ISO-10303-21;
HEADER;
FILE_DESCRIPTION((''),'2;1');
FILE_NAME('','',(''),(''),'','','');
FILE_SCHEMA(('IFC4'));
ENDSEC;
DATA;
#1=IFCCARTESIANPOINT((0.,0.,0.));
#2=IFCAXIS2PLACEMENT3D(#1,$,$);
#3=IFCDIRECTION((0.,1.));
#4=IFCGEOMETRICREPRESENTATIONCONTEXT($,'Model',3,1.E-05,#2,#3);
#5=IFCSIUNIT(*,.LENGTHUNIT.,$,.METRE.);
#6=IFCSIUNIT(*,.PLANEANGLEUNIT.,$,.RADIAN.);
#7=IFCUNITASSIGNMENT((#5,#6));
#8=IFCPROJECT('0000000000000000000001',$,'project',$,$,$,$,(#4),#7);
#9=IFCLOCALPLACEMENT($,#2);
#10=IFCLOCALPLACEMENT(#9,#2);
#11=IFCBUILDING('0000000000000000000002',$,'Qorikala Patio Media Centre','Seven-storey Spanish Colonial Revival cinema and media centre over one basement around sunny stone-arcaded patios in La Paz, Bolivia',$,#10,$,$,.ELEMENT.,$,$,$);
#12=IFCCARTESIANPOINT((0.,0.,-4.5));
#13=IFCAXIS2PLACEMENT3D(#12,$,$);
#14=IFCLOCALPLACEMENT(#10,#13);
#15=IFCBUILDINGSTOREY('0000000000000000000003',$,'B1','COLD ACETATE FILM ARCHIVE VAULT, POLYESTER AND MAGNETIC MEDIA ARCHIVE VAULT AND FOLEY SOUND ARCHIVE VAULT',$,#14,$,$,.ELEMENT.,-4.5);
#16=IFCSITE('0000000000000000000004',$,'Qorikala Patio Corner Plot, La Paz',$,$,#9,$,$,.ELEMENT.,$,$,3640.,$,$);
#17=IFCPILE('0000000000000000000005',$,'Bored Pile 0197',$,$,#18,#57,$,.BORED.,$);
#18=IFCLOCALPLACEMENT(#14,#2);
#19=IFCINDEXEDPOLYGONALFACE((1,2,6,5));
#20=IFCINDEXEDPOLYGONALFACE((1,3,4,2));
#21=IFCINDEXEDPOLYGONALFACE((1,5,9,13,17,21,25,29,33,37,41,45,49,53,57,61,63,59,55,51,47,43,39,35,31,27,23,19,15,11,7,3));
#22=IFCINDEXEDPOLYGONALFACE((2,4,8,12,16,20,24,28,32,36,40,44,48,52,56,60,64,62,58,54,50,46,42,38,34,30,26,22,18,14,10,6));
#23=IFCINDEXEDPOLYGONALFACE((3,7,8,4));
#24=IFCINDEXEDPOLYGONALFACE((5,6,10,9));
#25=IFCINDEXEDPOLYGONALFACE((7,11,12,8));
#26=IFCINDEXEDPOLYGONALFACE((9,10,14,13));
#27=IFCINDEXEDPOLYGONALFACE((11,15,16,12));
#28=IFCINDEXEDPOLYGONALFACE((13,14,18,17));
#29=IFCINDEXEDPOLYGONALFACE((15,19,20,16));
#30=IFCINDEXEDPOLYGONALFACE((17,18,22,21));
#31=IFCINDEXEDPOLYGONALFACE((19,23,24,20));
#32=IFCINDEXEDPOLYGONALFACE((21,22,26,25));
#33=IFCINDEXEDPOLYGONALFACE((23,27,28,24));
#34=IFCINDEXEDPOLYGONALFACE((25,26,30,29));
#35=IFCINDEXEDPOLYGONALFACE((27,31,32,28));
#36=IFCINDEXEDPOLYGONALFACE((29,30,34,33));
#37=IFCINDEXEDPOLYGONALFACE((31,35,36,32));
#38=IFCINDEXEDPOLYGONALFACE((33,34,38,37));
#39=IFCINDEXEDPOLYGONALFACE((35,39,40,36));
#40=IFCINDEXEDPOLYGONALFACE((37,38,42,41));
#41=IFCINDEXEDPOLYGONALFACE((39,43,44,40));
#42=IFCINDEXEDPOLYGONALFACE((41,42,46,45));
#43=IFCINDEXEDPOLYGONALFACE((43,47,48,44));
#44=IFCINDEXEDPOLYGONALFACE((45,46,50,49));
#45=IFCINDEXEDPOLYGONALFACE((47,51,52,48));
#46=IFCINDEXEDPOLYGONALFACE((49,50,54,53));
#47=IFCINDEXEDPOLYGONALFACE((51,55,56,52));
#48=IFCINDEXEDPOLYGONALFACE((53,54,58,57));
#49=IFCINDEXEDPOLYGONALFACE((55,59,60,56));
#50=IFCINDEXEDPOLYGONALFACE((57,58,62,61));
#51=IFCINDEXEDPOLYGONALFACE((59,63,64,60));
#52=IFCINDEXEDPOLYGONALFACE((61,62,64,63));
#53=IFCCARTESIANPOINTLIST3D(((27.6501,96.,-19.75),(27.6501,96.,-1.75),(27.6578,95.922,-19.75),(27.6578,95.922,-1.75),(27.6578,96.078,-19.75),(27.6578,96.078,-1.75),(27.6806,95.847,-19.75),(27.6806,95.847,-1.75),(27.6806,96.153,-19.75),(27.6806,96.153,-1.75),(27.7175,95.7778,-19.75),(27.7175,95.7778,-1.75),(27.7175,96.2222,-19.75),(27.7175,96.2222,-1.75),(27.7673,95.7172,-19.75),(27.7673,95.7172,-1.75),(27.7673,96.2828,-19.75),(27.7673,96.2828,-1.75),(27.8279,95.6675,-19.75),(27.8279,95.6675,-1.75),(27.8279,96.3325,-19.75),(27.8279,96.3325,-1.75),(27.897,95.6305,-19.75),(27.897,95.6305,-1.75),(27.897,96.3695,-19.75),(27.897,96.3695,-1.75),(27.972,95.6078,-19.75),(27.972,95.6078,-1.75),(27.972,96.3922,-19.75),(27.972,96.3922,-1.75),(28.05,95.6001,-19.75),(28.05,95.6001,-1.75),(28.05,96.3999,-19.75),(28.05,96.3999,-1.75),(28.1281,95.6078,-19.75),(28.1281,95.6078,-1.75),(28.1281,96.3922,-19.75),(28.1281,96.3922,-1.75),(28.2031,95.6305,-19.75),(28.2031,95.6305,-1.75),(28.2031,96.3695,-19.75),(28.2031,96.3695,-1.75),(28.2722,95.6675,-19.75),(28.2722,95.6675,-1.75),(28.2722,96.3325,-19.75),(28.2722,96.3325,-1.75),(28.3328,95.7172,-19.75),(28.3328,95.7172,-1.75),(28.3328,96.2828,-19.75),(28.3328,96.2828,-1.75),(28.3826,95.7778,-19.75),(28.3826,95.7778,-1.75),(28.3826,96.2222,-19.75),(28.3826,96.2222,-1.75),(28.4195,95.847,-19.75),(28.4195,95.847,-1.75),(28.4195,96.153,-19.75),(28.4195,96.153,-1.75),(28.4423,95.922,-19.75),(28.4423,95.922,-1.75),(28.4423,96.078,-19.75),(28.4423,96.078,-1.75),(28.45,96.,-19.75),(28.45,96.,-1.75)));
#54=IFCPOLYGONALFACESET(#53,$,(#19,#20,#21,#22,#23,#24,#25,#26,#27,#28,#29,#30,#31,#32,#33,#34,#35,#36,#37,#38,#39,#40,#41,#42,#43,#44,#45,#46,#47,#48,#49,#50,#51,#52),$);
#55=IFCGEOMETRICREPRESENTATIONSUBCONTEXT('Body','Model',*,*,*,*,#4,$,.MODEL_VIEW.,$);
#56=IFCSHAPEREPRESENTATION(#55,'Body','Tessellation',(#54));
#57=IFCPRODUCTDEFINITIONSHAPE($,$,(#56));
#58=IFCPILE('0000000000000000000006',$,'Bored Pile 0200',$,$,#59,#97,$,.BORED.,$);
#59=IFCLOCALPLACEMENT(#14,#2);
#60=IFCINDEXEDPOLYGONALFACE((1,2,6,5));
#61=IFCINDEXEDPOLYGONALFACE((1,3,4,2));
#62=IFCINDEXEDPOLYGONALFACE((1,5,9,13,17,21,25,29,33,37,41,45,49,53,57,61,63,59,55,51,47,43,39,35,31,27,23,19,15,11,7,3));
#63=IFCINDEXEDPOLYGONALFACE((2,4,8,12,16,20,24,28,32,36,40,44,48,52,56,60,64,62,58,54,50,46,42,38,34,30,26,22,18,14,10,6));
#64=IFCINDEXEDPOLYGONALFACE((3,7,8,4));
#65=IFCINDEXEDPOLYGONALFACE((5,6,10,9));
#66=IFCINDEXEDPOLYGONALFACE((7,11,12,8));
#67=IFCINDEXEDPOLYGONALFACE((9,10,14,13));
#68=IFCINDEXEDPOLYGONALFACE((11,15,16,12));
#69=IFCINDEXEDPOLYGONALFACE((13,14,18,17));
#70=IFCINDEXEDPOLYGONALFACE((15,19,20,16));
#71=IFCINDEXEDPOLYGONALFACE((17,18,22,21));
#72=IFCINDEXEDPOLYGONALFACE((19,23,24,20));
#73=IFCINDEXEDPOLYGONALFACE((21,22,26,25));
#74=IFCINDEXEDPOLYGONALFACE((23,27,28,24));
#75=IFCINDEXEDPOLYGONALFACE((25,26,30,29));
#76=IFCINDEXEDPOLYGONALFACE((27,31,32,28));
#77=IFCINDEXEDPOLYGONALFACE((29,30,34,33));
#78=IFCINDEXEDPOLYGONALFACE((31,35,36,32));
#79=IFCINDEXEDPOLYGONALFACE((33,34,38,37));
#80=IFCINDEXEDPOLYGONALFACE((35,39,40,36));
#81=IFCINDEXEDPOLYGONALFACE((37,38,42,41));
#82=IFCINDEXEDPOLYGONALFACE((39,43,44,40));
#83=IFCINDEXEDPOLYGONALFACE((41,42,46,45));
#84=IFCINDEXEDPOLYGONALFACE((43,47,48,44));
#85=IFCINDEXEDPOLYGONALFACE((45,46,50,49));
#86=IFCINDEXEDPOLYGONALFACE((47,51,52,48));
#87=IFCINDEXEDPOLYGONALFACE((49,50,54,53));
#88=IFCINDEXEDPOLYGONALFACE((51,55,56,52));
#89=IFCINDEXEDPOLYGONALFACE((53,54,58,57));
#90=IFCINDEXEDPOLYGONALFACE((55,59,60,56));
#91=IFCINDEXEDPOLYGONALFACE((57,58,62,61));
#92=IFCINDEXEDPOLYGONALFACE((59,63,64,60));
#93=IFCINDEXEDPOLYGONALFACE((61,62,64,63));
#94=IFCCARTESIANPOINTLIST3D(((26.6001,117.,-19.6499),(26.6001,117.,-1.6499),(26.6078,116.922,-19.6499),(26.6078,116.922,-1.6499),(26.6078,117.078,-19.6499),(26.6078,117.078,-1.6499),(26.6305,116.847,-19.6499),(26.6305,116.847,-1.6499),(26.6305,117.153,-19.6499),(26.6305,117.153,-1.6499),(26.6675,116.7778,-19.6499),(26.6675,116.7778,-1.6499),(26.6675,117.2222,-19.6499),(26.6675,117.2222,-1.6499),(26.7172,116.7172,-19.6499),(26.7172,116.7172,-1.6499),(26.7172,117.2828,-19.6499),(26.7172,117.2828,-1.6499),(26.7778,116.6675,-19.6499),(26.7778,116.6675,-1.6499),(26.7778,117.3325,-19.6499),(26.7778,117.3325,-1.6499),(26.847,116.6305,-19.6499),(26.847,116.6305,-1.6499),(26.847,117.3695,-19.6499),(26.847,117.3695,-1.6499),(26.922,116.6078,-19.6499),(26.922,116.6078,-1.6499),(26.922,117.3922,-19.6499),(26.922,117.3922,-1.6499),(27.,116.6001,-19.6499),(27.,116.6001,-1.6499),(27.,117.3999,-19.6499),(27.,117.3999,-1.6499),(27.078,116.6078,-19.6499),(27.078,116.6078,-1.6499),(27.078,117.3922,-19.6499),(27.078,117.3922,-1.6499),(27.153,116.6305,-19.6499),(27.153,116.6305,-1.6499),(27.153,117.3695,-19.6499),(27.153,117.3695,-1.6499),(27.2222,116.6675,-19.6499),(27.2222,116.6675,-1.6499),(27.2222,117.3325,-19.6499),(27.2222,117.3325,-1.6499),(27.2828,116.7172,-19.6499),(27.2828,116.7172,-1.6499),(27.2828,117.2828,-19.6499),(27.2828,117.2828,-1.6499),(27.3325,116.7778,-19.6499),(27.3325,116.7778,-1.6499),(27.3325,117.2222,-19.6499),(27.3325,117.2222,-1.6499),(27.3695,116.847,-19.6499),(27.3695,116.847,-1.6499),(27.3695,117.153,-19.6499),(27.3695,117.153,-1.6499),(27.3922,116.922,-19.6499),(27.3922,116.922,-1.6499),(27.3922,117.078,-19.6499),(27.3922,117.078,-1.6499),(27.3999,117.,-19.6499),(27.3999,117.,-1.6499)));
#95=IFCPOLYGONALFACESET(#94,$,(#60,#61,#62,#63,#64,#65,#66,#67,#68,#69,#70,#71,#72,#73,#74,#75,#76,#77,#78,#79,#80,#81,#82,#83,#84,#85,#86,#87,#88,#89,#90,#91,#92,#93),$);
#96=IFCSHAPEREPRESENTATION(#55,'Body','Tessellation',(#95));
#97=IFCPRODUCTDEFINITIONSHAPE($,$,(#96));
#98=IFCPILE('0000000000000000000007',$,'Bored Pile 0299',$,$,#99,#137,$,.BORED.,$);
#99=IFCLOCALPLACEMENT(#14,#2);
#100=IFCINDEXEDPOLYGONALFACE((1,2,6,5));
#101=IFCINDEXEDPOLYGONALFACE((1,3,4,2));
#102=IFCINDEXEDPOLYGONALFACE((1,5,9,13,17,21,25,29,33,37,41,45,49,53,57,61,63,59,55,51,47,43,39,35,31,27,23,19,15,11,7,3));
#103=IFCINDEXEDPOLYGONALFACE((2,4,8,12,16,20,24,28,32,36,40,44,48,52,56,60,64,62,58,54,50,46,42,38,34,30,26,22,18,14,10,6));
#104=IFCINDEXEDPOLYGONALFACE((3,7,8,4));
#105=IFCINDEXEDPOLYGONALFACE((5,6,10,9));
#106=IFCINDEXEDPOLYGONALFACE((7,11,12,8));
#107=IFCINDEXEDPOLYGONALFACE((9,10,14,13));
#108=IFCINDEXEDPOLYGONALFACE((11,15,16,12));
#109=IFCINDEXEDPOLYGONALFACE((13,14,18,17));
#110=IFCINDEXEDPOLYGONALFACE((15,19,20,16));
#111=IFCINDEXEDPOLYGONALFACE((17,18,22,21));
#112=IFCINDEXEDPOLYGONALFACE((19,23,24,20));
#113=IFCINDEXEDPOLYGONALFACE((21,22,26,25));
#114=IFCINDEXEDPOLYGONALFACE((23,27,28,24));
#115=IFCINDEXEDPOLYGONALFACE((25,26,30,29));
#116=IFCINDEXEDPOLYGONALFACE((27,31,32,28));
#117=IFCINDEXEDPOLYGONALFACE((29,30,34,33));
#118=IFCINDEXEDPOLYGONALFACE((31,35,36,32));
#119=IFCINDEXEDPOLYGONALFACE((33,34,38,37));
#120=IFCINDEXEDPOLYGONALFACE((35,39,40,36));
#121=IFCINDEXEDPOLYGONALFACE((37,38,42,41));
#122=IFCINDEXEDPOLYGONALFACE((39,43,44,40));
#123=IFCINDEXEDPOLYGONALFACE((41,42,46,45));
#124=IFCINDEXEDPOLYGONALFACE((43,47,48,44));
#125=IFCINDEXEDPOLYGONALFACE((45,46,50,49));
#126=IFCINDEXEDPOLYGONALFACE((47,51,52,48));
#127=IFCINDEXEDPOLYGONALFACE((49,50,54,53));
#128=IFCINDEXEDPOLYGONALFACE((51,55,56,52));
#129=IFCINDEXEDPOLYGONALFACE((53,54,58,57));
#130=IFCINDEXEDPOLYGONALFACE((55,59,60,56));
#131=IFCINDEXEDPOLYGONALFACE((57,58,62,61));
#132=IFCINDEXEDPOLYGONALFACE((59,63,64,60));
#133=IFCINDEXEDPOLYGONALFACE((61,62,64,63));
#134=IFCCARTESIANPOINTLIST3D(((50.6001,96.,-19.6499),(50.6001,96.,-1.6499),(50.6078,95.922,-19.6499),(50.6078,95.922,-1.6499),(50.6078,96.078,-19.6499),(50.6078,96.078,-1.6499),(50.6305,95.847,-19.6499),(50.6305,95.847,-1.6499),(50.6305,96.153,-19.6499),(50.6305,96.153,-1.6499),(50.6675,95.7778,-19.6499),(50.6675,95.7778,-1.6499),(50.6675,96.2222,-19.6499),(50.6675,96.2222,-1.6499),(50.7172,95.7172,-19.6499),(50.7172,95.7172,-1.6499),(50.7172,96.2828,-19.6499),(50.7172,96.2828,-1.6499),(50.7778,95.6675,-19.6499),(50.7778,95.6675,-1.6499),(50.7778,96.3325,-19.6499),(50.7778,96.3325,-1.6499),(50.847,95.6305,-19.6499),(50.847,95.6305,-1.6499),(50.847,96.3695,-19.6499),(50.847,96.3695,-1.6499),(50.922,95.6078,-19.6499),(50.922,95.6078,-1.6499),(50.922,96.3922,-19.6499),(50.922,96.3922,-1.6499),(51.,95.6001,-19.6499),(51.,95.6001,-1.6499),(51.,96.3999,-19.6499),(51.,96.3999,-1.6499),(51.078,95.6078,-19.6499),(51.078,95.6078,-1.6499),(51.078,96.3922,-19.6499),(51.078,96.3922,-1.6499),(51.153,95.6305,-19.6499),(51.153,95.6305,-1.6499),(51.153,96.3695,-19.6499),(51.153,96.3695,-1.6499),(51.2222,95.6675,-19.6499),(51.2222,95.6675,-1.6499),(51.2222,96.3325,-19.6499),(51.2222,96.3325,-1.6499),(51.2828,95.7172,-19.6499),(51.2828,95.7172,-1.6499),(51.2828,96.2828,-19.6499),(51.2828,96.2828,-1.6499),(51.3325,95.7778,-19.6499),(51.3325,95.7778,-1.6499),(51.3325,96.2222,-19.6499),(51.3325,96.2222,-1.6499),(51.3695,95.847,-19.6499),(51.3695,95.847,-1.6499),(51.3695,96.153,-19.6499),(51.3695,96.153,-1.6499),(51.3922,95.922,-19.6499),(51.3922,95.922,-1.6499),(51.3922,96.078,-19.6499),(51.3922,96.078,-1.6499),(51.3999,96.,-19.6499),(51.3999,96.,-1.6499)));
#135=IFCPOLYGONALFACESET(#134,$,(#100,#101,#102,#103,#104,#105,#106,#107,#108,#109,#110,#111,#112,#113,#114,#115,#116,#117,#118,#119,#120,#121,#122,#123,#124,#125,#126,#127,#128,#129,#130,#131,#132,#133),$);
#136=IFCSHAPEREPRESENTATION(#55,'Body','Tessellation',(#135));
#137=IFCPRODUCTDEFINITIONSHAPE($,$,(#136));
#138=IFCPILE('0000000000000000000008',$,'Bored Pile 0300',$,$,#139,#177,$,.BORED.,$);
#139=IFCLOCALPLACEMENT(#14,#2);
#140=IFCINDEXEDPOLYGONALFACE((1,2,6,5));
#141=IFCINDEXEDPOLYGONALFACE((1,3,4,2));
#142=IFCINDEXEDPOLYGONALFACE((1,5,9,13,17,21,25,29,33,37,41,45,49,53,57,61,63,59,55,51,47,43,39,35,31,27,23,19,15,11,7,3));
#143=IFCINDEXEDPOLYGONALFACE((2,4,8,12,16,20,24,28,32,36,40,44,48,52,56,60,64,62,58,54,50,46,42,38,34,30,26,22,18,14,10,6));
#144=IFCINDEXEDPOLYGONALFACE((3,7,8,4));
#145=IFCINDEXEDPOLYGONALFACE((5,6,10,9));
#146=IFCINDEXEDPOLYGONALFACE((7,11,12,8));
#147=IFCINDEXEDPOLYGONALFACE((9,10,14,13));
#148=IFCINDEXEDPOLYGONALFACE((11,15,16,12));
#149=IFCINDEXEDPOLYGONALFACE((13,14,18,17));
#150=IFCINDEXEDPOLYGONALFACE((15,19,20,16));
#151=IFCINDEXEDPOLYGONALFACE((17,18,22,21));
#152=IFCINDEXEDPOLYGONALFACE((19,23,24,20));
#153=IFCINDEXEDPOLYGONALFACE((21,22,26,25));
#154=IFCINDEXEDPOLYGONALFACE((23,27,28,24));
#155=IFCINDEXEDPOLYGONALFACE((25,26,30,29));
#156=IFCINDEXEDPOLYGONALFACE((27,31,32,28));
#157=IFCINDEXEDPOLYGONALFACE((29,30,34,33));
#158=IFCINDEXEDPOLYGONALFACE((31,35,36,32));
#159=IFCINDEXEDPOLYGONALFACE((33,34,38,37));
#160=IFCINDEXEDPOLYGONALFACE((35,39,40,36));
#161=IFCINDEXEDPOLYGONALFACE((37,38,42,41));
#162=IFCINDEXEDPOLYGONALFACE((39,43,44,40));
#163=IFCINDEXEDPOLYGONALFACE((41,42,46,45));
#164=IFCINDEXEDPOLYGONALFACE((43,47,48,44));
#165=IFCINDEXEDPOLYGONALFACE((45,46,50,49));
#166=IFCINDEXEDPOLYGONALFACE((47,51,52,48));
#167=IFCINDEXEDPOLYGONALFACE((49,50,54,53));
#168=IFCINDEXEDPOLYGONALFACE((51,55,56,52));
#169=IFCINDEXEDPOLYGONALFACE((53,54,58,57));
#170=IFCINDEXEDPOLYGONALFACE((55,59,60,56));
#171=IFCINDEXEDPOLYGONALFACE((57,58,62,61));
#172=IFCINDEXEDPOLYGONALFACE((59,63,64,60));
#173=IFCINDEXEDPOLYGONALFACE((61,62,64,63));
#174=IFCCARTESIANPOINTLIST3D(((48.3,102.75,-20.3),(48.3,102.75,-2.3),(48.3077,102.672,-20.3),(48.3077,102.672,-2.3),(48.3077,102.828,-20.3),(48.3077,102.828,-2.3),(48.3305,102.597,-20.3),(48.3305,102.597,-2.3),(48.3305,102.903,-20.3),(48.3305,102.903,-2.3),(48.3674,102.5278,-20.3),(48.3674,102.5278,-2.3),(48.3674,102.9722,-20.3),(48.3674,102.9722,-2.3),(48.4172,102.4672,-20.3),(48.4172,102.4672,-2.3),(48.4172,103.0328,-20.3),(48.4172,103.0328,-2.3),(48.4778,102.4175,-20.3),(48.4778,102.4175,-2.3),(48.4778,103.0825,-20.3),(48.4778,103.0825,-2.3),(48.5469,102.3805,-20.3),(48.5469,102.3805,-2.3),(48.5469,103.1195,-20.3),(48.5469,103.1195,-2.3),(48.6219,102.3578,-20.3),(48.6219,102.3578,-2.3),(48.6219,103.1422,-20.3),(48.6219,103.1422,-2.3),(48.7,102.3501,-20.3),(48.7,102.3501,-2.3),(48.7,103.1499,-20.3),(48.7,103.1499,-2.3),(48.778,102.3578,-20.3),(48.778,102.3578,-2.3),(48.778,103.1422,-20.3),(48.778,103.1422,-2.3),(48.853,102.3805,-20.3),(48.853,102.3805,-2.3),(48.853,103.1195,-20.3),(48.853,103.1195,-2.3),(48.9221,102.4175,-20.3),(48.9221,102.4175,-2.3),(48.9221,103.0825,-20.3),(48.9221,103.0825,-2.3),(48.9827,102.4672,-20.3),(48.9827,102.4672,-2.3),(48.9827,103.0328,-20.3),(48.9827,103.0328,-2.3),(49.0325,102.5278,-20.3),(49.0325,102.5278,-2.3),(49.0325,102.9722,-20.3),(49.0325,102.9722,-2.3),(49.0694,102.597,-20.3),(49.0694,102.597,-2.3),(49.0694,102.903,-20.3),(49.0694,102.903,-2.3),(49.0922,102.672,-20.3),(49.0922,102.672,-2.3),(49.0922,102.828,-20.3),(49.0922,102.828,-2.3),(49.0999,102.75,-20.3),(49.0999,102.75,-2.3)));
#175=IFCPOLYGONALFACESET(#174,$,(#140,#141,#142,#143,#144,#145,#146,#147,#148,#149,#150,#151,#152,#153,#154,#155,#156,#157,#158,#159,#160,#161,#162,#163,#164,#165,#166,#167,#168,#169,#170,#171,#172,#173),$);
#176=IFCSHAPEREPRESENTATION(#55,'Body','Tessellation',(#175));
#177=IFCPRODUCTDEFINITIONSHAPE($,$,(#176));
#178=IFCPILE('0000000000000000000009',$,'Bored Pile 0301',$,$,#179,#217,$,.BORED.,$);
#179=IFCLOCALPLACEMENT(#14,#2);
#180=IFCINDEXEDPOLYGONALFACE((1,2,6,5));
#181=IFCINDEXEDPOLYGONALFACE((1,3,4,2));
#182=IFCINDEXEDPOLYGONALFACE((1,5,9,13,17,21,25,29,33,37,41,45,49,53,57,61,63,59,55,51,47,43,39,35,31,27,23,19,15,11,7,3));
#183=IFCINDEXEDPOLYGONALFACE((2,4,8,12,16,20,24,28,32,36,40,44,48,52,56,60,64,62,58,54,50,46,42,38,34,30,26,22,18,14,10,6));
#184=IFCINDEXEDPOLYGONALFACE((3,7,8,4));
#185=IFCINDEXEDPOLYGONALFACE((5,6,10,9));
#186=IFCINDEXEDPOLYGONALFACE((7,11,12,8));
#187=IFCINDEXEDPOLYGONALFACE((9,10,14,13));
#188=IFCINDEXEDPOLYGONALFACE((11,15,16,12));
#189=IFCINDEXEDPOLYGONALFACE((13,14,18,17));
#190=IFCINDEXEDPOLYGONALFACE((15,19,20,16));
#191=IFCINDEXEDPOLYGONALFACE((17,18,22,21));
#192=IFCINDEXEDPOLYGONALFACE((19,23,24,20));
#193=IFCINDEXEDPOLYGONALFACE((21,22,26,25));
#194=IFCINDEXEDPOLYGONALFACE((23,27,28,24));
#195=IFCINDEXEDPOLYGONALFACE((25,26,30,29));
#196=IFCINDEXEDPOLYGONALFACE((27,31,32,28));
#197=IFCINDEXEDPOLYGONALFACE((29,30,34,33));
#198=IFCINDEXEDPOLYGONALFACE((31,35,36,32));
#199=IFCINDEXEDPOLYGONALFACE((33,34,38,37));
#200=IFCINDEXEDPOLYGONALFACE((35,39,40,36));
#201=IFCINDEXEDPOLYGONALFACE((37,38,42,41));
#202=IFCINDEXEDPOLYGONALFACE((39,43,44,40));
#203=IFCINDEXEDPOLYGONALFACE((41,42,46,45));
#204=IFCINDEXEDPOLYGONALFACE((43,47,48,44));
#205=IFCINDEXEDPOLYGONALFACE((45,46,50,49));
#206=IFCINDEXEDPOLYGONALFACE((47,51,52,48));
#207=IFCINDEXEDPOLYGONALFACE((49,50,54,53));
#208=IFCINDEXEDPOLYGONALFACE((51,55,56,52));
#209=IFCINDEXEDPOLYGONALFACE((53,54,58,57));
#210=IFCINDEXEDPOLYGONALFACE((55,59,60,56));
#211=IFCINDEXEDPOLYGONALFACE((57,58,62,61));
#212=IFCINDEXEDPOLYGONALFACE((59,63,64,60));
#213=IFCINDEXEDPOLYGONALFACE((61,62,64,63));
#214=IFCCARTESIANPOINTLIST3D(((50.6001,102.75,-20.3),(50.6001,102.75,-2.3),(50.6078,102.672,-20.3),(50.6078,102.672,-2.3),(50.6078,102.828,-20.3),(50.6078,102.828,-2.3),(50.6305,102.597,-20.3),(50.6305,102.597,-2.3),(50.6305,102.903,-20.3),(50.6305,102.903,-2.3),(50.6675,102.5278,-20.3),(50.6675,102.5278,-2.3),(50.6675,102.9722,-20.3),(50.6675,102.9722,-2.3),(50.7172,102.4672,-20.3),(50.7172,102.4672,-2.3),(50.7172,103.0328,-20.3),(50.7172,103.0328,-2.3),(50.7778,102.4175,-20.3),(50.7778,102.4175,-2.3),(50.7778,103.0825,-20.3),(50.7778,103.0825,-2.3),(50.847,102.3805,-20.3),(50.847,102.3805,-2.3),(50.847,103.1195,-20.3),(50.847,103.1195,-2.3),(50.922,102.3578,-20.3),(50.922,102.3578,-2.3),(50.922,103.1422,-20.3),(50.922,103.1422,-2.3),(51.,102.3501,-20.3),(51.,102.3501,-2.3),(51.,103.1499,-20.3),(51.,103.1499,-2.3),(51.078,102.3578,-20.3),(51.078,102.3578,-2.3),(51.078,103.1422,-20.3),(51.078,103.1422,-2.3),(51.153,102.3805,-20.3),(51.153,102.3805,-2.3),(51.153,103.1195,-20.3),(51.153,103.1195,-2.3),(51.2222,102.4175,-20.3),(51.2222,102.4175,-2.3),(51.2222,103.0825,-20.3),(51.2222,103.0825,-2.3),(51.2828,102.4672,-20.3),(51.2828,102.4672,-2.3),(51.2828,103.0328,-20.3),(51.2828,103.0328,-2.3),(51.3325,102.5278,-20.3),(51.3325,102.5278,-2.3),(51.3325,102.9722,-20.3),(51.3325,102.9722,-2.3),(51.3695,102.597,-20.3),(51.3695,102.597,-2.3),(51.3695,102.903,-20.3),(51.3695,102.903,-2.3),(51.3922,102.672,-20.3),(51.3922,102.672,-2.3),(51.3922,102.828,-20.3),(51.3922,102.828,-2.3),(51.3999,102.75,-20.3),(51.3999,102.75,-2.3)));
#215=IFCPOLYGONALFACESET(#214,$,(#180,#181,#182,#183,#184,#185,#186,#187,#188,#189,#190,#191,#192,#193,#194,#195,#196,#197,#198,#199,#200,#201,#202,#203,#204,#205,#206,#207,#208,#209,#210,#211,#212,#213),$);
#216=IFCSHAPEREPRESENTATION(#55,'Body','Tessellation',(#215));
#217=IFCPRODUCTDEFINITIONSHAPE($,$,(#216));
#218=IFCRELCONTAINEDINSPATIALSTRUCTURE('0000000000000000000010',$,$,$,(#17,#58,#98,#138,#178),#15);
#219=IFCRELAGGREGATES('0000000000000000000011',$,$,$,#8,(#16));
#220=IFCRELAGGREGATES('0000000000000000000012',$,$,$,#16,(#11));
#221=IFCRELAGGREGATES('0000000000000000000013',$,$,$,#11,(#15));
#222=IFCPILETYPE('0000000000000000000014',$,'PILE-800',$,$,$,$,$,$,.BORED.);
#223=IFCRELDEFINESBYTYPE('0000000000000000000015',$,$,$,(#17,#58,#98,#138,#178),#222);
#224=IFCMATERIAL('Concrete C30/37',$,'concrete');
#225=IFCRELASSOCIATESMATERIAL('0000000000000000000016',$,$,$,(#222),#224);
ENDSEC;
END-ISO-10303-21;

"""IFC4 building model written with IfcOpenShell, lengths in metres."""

from ifc_helpers import new_model, si_unit, direction, frame, origin, origin_2d, place, context, subcontext, project, spatial, circle, extrude, material, material_profile, profile_set, type_object, element, save


model = new_model("IFC4")

# Units and contexts
model_context = context("Model", 3, precision=1e-05, world=origin(), true_north=direction((0.0, 1.0)))
body_context = subcontext(model_context, "Body", "Model", "MODEL_VIEW")
ifc_project = project(units=[si_unit("LENGTHUNIT", "METRE"), si_unit("PLANEANGLEUNIT", "RADIAN")], contexts=[model_context])

# Site, building, storey
site_placement = place(None, origin())
site = spatial("IfcSite", under=ifc_project, at=site_placement, Name="Qorikala Patio Corner Plot, La Paz", CompositionType="ELEMENT", RefElevation=3640.0)
building_placement = place(site_placement, origin())
building = spatial("IfcBuilding", under=site, at=building_placement, Name="Qorikala Patio Media Centre", Description="Seven-storey Spanish Colonial Revival cinema and media centre over one basement around sunny stone-arcaded patios in La Paz, Bolivia", CompositionType="ELEMENT")
storey_placement = place(building_placement, frame((0.0, 0.0, -4.5)))
storey = spatial("IfcBuildingStorey", under=building, at=storey_placement, Name="B1", Description="COLD ACETATE FILM ARCHIVE VAULT, POLYESTER AND MAGNETIC MEDIA ARCHIVE VAULT AND FOLEY SOUND ARCHIVE VAULT", CompositionType="ELEMENT", Elevation=-4.5)

# Shared definitions
ifc_material_1 = material(Name="Concrete C30/37", Category="concrete")

# Piles
ifc_material_profile_1 = material_profile(ifc_material_1, circle(Radius=0.3999, at=origin_2d()), Name="BORED PILE 800")
ifc_profile_set_1 = profile_set([ifc_material_profile_1], Name="Concrete C30/37")
pile_type_1 = type_object("IfcPileType", Name="PILE-800", PredefinedType="BORED", material=ifc_profile_set_1)
for number, where, z_axis, x_axis, name in (
    (1, (28.05, 96.0, -1.75), (0.0, 0.0, -1.0), (1.0, 0.0, 0.0), "Bored Pile 0197"),
    (2, (27.0, 117.0, -1.6499), (0.0, 0.0, -1.0), (1.0, 0.0, 0.0), "Bored Pile 0200"),
    (3, (51.0, 96.0, -1.6499), (0.0, 0.0, -1.0), (1.0, 0.0, 0.0), "Bored Pile 0299"),
    (4, (48.7, 102.75, -2.3), (0.0, 0.0, -1.0), (1.0, 0.0, 0.0), "Bored Pile 0300"),
    (5, (51.0, 102.75, -2.3), (0.0, 0.0, -1.0), (1.0, 0.0, 0.0), "Bored Pile 0301"),
):
    element("IfcPile", number, at=place(storey_placement, frame(where, z_axis=z_axis, x_axis=x_axis)), inside=storey, type_object=pile_type_1, Name=name, PredefinedType="BORED", context=body_context, shape_type="SweptSolid", body=[
        extrude(circle(Radius=0.3999, at=origin_2d()), origin(), (0.0, 0.0, 1.0), 18.0),
    ])

save(model, "model.ifc")
